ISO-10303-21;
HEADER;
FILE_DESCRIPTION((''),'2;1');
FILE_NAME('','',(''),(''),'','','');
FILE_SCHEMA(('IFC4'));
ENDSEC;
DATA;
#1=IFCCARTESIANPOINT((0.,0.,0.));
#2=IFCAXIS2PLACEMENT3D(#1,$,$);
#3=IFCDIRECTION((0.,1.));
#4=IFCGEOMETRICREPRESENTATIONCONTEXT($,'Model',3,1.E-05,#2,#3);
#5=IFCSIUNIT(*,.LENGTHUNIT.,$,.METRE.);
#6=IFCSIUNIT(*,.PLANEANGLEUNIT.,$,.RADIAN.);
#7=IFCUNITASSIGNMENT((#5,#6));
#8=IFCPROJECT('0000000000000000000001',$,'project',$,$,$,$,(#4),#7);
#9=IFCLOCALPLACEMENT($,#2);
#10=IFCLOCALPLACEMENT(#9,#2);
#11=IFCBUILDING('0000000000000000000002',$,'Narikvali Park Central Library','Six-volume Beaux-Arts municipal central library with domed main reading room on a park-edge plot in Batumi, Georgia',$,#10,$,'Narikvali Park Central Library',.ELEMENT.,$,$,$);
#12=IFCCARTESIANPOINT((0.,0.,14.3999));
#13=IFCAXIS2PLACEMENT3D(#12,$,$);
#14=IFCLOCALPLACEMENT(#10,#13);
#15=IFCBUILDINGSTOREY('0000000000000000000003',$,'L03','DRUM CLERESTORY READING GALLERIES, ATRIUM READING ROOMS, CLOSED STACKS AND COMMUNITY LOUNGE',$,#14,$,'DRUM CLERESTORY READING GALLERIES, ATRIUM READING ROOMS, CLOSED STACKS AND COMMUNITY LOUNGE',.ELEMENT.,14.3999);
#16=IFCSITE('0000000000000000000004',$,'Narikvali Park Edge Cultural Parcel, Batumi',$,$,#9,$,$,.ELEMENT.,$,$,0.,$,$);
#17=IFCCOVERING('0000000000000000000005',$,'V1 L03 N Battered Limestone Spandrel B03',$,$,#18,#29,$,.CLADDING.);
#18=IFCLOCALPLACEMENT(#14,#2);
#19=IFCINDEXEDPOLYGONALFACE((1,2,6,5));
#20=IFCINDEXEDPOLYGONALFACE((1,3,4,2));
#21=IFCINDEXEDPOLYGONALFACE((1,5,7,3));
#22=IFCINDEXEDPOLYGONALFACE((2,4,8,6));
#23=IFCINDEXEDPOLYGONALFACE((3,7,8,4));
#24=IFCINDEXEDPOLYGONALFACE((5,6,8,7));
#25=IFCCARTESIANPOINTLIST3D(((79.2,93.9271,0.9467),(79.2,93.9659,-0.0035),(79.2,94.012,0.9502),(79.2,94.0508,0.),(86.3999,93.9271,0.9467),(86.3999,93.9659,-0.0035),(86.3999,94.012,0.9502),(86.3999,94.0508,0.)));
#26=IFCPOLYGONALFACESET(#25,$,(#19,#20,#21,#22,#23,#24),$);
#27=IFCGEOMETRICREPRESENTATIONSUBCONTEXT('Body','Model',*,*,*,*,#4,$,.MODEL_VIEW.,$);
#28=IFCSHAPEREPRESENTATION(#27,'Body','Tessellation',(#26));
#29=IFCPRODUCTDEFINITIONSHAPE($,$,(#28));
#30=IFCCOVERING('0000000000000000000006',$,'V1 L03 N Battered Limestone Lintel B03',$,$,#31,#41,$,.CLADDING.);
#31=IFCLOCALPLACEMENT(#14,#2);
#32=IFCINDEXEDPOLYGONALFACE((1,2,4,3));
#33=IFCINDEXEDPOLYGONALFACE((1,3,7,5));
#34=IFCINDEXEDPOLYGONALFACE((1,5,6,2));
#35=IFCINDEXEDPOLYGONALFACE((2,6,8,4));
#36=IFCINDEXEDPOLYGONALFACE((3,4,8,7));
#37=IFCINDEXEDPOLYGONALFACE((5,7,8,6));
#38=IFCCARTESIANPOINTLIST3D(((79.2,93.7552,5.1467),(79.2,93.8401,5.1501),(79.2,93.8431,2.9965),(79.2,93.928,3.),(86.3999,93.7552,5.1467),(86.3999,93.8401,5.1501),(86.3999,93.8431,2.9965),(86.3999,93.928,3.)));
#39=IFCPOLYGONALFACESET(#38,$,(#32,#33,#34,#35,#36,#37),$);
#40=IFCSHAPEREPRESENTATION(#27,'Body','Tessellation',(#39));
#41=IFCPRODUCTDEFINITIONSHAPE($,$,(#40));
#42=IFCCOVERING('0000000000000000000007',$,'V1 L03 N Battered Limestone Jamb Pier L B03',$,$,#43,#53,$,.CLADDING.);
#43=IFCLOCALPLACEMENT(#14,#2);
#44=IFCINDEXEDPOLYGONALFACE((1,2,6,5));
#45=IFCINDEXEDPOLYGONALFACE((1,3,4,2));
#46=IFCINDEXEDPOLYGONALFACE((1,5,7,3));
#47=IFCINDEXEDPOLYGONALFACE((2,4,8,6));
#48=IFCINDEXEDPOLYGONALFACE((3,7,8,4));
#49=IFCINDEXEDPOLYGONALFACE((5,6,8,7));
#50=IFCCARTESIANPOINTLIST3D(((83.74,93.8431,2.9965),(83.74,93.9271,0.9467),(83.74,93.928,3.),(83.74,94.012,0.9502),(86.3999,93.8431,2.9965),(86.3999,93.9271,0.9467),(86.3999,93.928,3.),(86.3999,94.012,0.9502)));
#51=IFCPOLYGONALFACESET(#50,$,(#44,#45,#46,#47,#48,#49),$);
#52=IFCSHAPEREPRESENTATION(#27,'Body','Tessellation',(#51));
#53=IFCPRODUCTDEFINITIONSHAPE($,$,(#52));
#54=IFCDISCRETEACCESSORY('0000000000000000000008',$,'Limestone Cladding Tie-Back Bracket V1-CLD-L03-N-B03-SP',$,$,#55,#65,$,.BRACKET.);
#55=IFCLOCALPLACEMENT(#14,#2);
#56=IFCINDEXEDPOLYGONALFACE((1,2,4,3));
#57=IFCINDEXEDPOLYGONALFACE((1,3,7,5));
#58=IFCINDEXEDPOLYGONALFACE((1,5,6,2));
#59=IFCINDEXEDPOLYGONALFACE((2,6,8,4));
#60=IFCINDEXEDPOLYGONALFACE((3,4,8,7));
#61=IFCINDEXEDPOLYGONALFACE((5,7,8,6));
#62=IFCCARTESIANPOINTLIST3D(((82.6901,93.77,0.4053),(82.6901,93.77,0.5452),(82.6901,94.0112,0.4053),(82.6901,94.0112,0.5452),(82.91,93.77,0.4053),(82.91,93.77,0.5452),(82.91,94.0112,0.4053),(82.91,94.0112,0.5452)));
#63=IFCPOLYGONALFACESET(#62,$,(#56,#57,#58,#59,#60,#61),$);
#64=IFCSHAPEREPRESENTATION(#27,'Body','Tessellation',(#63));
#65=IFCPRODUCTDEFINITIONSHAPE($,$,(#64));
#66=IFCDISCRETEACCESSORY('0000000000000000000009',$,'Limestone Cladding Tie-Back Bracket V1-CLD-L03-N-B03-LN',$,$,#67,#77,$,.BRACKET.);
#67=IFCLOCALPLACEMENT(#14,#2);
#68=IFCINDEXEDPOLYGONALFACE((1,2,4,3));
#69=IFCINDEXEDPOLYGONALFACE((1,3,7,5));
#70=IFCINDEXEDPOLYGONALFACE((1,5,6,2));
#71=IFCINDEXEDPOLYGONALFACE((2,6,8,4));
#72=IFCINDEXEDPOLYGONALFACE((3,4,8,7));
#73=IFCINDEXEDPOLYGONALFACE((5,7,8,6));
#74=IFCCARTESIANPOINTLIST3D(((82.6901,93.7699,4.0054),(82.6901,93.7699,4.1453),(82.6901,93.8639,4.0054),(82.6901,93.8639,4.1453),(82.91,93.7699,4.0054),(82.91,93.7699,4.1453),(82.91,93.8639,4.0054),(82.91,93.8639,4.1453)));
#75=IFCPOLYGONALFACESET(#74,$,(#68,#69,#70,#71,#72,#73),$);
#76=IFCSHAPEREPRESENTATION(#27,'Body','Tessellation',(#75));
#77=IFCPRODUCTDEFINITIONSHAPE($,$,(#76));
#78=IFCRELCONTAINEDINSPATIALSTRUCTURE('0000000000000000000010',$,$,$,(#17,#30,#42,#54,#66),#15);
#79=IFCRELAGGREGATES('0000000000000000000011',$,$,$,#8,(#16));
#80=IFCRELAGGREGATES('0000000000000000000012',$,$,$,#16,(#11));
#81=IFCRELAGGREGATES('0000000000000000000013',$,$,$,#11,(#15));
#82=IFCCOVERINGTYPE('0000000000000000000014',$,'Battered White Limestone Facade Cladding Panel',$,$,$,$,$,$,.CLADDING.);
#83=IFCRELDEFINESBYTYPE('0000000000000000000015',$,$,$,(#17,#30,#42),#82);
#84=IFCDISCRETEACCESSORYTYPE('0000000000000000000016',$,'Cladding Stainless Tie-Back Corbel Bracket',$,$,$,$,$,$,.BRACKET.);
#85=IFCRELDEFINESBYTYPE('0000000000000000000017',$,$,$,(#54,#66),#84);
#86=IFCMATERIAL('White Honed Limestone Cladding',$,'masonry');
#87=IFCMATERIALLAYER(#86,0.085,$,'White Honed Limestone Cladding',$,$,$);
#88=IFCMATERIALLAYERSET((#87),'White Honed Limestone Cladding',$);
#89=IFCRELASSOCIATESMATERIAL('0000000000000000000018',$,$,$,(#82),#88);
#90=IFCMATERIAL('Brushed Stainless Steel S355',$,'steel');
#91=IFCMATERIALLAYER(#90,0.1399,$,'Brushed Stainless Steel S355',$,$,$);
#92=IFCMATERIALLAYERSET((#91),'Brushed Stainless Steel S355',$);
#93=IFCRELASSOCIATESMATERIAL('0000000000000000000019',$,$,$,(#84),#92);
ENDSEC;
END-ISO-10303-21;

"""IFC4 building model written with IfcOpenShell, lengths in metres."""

from ifc_helpers import new_model, si_unit, direction, frame, origin, origin_2d, place, context, subcontext, project, spatial, polyline, rectangle, outline, extrude, material, layer, layer_set, type_object, element, save


model = new_model("IFC4")

# Units and contexts
model_context = context("Model", 3, precision=1e-05, world=origin(), true_north=direction((0.0, 1.0)))
body_context = subcontext(model_context, "Body", "Model", "MODEL_VIEW")
ifc_project = project(units=[si_unit("LENGTHUNIT", "METRE"), si_unit("PLANEANGLEUNIT", "RADIAN")], contexts=[model_context])

# Site, building, storey
site_placement = place(None, origin())
site = spatial("IfcSite", under=ifc_project, at=site_placement, Name="Narikvali Park Edge Cultural Parcel, Batumi", CompositionType="ELEMENT", RefElevation=0.0)
building_placement = place(site_placement, origin())
building = spatial("IfcBuilding", under=site, at=building_placement, Name="Narikvali Park Central Library", Description="Six-volume Beaux-Arts municipal central library with domed main reading room on a park-edge plot in Batumi, Georgia", LongName="Narikvali Park Central Library", CompositionType="ELEMENT")
storey_placement = place(building_placement, frame((0.0, 0.0, 14.3999)))
storey = spatial("IfcBuildingStorey", under=building, at=storey_placement, Name="L03", Description="DRUM CLERESTORY READING GALLERIES, ATRIUM READING ROOMS, CLOSED STACKS AND COMMUNITY LOUNGE", LongName="DRUM CLERESTORY READING GALLERIES, ATRIUM READING ROOMS, CLOSED STACKS AND COMMUNITY LOUNGE", CompositionType="ELEMENT", Elevation=14.3999)

# Coverings
ifc_material_1 = material(Name="White Honed Limestone Cladding", Category="masonry")
ifc_layer_1 = layer(ifc_material_1, 0.085, Name="White Honed Limestone Cladding")
ifc_layer_set_1 = layer_set([ifc_layer_1], Name="White Honed Limestone Cladding")
covering_type = type_object("IfcCoveringType", Name="Battered White Limestone Facade Cladding Panel", PredefinedType="CLADDING", material=ifc_layer_set_1)
covering_1_placement = place(storey_placement, frame((86.3999, 94.0508, 0.0), z_axis=(0.0, 0.999167, 0.040819), x_axis=(-1.0, 0.0, 0.0)))
element("IfcCovering", 1, at=covering_1_placement, inside=storey, type_object=covering_type, Name="V1 L03 N Battered Limestone Spandrel B03", PredefinedType="CLADDING", context=body_context, shape_type="SweptSolid", body=[
    extrude(outline(polyline([(0.0, 0.0), (7.2, 0.0), (7.2, 0.951), (0.0, 0.951), (0.0, 0.0)])), origin(), (0.0, 0.0, -1.0), 0.085),
])
covering_2_placement = place(storey_placement, frame((86.3999, 93.928, 3.0), z_axis=(0.0, 0.999166, 0.040842), x_axis=(-1.0, 0.0, 0.0)))
element("IfcCovering", 2, at=covering_2_placement, inside=storey, type_object=covering_type, Name="V1 L03 N Battered Limestone Lintel B03", PredefinedType="CLADDING", context=body_context, shape_type="SweptSolid", body=[
    extrude(outline(polyline([(0.0, 0.0), (7.2, 0.0), (7.2, 2.1519), (0.0, 2.1519), (0.0, 0.0)])), origin(), (0.0, 0.0, -1.0), 0.085),
])
covering_3_placement = place(storey_placement, frame((86.3999, 94.012, 0.9502), z_axis=(0.0, 0.999162, 0.040938), x_axis=(-1.0, 0.0, 0.0)))
element("IfcCovering", 3, at=covering_3_placement, inside=storey, type_object=covering_type, Name="V1 L03 N Battered Limestone Jamb Pier L B03", PredefinedType="CLADDING", context=body_context, shape_type="SweptSolid", body=[
    extrude(outline(polyline([(0.0, 0.0), (2.6599, 0.0), (2.6599, 2.0515), (0.0, 2.0515), (0.0, 0.0)])), origin(), (0.0, 0.0, -1.0), 0.085),
])

# Discrete accessories
ifc_material_2 = material(Name="Brushed Stainless Steel S355", Category="steel")
ifc_layer_2 = layer(ifc_material_2, 0.1399, Name="Brushed Stainless Steel S355")
ifc_layer_set_2 = layer_set([ifc_layer_2], Name="Brushed Stainless Steel S355")
discrete_accessory_type = type_object("IfcDiscreteAccessoryType", Name="Cladding Stainless Tie-Back Corbel Bracket", PredefinedType="BRACKET", material=ifc_layer_set_2)
discrete_accessory_1_placement = place(storey_placement, frame((82.8, 93.8906, 0.4053), z_axis=(0.0, 0.0, 1.0), x_axis=(1.0, 0.0, 0.0)))
element("IfcDiscreteAccessory", 4, at=discrete_accessory_1_placement, inside=storey, type_object=discrete_accessory_type, Name="Limestone Cladding Tie-Back Bracket V1-CLD-L03-N-B03-SP", PredefinedType="BRACKET", context=body_context, shape_type="SweptSolid", body=[
    extrude(rectangle(XDim=0.22, YDim=0.2412, at=origin_2d()), origin(), (0.0, 0.0, 1.0), 0.1399),
])
discrete_accessory_2_placement = place(storey_placement, frame((82.8, 93.8169, 4.0054), z_axis=(0.0, 0.0, 1.0), x_axis=(1.0, 0.0, 0.0)))
element("IfcDiscreteAccessory", 5, at=discrete_accessory_2_placement, inside=storey, type_object=discrete_accessory_type, Name="Limestone Cladding Tie-Back Bracket V1-CLD-L03-N-B03-LN", PredefinedType="BRACKET", context=body_context, shape_type="SweptSolid", body=[
    extrude(rectangle(XDim=0.22, YDim=0.094, at=origin_2d()), origin(), (0.0, 0.0, 1.0), 0.1399),
])

save(model, "model.ifc")
